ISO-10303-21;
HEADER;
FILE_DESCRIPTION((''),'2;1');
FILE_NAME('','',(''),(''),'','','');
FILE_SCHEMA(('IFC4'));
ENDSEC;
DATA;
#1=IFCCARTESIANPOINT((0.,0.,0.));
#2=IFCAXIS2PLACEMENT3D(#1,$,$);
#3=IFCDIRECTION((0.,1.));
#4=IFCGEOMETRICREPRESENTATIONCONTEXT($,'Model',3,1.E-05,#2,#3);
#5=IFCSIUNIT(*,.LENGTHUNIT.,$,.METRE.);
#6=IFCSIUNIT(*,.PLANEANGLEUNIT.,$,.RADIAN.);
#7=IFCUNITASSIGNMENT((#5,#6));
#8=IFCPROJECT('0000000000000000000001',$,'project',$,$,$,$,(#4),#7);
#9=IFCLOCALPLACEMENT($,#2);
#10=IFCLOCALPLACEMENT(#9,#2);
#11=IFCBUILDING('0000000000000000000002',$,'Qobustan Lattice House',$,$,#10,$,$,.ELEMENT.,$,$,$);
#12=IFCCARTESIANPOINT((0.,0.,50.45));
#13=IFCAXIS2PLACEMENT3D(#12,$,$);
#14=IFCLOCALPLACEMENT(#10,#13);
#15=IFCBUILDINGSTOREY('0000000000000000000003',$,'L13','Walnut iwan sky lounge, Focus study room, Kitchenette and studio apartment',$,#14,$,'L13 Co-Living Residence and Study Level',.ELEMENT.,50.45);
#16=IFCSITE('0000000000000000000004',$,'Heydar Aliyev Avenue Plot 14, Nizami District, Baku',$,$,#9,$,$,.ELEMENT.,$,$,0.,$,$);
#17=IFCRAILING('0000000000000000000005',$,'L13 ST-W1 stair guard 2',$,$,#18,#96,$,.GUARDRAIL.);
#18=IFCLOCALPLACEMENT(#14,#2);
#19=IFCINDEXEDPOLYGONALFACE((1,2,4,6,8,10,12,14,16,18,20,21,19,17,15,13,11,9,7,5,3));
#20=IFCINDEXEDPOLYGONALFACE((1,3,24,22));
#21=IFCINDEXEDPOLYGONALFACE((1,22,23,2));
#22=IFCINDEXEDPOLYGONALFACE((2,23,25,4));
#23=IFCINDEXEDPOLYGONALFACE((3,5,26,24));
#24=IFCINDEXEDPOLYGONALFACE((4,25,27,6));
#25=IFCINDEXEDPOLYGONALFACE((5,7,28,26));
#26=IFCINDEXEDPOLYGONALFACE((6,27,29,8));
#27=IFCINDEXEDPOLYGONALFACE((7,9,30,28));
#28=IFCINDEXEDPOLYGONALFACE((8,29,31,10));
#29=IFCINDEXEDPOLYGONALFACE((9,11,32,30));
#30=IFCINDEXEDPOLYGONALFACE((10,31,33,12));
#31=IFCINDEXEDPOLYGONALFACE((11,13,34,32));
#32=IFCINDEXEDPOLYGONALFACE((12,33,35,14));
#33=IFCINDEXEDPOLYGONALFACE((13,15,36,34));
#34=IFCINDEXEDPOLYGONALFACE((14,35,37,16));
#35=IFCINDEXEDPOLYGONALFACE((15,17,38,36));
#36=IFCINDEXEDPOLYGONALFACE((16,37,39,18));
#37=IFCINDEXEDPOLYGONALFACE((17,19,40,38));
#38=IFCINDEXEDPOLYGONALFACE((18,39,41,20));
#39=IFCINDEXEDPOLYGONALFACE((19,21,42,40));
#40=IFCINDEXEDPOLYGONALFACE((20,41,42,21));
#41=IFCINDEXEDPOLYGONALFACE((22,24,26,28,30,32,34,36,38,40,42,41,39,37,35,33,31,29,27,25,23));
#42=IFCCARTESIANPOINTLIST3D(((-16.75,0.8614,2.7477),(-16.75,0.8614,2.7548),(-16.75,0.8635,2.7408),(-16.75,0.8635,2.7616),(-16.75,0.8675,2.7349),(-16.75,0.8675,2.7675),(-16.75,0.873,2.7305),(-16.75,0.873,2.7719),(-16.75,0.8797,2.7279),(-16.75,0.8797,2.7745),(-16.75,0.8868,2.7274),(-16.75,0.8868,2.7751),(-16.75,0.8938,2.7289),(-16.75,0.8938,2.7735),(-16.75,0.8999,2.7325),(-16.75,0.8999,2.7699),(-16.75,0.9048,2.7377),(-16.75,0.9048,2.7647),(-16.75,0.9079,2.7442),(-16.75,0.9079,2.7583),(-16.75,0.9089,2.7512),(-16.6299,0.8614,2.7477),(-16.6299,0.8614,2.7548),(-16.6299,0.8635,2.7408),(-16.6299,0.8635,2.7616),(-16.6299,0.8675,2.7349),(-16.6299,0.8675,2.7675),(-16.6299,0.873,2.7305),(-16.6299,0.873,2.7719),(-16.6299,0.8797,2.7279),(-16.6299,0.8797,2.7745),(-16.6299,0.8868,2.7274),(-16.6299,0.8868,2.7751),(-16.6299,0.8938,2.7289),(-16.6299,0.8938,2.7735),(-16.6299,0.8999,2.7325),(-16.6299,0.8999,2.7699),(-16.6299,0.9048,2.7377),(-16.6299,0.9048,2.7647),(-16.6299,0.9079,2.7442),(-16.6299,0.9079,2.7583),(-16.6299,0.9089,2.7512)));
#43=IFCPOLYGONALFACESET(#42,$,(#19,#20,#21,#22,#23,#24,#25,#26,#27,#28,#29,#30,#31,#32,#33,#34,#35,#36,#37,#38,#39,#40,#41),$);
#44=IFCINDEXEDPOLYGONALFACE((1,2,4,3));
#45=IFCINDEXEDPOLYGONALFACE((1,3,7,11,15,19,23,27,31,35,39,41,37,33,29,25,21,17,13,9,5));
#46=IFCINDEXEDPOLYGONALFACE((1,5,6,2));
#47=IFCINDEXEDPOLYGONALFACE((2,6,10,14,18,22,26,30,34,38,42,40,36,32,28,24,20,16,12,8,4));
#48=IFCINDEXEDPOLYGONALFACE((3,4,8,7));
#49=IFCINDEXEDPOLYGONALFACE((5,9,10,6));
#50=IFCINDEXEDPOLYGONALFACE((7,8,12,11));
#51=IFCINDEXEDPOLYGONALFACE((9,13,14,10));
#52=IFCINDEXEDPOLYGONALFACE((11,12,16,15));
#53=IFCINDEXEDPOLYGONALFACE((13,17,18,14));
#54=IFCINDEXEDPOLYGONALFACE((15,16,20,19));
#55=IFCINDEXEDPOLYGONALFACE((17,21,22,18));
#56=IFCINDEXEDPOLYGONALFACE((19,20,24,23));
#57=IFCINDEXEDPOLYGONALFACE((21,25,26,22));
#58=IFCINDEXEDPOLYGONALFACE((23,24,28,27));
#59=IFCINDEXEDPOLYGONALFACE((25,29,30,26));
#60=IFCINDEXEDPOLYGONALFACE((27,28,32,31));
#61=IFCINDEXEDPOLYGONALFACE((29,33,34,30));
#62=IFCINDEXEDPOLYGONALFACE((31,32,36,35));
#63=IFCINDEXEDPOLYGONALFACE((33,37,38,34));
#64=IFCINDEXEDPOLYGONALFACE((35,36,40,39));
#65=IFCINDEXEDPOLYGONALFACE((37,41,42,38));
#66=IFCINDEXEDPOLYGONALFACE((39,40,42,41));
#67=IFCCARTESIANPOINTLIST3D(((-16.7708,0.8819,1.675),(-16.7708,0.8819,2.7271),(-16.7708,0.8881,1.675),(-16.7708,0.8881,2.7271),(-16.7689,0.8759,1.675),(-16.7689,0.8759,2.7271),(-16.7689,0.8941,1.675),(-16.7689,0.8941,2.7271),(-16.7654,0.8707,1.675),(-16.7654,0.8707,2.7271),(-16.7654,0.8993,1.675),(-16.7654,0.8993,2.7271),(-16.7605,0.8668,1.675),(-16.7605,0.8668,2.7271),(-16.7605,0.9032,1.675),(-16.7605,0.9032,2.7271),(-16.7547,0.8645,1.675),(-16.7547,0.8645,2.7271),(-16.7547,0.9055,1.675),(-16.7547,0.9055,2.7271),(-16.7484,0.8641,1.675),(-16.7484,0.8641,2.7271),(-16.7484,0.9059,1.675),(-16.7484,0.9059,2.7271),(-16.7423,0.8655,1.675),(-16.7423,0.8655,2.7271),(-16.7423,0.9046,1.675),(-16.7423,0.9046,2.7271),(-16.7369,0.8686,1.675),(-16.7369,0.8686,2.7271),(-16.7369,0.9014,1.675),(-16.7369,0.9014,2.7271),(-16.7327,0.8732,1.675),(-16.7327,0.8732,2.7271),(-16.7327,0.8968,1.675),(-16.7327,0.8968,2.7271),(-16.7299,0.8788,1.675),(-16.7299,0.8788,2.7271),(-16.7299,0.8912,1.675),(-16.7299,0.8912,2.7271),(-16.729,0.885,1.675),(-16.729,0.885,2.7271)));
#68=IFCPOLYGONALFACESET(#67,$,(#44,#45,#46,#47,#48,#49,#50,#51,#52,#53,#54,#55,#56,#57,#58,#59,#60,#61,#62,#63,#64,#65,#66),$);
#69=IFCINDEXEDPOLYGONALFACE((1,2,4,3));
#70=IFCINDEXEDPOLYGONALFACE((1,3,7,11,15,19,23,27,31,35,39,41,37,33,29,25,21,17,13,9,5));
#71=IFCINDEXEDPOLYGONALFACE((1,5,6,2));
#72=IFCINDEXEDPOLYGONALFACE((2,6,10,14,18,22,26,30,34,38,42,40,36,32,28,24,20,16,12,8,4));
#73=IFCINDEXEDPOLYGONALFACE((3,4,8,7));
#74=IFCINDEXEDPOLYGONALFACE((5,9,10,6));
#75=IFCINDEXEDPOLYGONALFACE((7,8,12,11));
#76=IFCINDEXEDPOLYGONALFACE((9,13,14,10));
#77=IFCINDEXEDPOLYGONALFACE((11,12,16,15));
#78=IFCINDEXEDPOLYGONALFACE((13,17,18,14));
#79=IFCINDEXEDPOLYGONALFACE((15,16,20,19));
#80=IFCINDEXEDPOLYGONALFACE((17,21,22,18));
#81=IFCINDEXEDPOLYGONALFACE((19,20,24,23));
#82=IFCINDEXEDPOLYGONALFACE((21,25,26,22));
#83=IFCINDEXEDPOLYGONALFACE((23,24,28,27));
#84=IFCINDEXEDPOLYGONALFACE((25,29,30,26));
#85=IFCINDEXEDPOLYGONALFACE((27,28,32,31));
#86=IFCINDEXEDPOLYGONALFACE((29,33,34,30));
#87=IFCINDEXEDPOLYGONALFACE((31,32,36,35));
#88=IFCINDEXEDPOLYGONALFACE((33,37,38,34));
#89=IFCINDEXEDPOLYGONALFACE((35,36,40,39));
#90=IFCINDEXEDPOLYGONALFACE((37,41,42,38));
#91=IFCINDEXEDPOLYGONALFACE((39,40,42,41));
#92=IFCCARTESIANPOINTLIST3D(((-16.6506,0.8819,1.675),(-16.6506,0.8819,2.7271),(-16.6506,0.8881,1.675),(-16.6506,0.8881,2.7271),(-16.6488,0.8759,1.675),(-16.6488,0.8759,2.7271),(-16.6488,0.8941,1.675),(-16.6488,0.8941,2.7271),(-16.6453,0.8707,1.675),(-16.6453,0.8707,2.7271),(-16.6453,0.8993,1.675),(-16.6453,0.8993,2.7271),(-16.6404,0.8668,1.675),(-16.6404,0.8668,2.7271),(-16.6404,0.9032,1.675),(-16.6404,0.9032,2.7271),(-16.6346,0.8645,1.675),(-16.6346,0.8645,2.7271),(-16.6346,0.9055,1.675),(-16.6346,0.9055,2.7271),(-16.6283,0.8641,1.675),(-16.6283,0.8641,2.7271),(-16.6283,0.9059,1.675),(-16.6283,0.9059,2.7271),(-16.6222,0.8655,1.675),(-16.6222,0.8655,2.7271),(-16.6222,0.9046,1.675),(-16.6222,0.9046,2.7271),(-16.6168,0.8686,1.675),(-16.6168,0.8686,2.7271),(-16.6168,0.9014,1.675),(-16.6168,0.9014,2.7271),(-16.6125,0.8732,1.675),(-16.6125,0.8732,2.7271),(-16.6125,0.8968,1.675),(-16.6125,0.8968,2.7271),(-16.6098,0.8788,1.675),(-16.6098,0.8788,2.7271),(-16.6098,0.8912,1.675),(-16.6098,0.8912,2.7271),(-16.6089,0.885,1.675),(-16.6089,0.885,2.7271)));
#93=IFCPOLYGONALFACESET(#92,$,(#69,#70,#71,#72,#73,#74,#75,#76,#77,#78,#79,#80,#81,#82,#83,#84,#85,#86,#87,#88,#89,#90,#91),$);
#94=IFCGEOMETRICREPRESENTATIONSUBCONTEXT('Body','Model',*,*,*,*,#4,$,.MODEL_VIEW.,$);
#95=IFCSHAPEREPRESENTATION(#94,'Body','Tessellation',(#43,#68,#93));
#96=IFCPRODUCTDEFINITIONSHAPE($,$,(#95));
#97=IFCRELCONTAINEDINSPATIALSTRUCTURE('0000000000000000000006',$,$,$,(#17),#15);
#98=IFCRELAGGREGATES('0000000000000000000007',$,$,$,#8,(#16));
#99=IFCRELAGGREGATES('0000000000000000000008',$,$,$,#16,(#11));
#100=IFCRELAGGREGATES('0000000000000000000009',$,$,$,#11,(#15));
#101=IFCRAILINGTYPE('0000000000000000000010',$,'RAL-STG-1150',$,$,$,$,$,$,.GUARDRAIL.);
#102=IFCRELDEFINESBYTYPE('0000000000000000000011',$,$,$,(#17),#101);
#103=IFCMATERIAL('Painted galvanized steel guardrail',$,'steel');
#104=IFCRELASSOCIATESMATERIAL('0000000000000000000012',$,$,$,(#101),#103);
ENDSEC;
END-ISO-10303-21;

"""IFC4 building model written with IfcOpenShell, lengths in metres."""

from ifc_helpers import new_model, si_unit, direction, frame, origin, origin_2d, place, context, subcontext, project, spatial, circle, extrude, material, type_object, element, save


model = new_model("IFC4")

# Units and contexts
model_context = context("Model", 3, precision=1e-05, world=origin(), true_north=direction((0.0, 1.0)))
body_context = subcontext(model_context, "Body", "Model", "MODEL_VIEW")
ifc_project = project(units=[si_unit("LENGTHUNIT", "METRE"), si_unit("PLANEANGLEUNIT", "RADIAN")], contexts=[model_context])

# Site, building, storey
site_placement = place(None, origin())
site = spatial("IfcSite", under=ifc_project, at=site_placement, Name="Heydar Aliyev Avenue Plot 14, Nizami District, Baku", CompositionType="ELEMENT", RefElevation=0.0)
building_placement = place(site_placement, origin())
building = spatial("IfcBuilding", under=site, at=building_placement, Name="Qobustan Lattice House", CompositionType="ELEMENT")
storey_placement = place(building_placement, frame((0.0, 0.0, 50.45)))
storey = spatial("IfcBuildingStorey", under=building, at=storey_placement, Name="L13", Description="Walnut iwan sky lounge, Focus study room, Kitchenette and studio apartment", LongName="L13 Co-Living Residence and Study Level", CompositionType="ELEMENT", Elevation=50.45)

# Railing
ifc_material_1 = material(Name="Painted galvanized steel guardrail", Category="steel")
railing_type_1 = type_object("IfcRailingType", Name="RAL-STG-1150", PredefinedType="GUARDRAIL", material=ifc_material_1)
railing_1_placement = place(storey_placement, frame((-16.75, 0.885, 1.675)))
element("IfcRailing", 1, at=railing_1_placement, inside=storey, type_object=railing_type_1, Name="L13 ST-W1 stair guard 2", PredefinedType="GUARDRAIL", context=body_context, shape_type="SweptSolid", body=[
    extrude(circle(Radius=0.0239, at=origin_2d()), frame((0.0, 0.0, 1.0762), z_axis=(1.0, 0.0, 0.0), x_axis=(0.0, 1.0, 0.0)), (0.0, 0.0, 1.0), 0.1201),
    extrude(circle(Radius=0.021, at=origin_2d()), origin(), (0.0, 0.0, 1.0), 1.052),
    extrude(circle(Radius=0.021, at=origin_2d()), frame((0.1201, 0.0, 0.0)), (0.0, 0.0, 1.0), 1.052),
])

save(model, "model.ifc")
